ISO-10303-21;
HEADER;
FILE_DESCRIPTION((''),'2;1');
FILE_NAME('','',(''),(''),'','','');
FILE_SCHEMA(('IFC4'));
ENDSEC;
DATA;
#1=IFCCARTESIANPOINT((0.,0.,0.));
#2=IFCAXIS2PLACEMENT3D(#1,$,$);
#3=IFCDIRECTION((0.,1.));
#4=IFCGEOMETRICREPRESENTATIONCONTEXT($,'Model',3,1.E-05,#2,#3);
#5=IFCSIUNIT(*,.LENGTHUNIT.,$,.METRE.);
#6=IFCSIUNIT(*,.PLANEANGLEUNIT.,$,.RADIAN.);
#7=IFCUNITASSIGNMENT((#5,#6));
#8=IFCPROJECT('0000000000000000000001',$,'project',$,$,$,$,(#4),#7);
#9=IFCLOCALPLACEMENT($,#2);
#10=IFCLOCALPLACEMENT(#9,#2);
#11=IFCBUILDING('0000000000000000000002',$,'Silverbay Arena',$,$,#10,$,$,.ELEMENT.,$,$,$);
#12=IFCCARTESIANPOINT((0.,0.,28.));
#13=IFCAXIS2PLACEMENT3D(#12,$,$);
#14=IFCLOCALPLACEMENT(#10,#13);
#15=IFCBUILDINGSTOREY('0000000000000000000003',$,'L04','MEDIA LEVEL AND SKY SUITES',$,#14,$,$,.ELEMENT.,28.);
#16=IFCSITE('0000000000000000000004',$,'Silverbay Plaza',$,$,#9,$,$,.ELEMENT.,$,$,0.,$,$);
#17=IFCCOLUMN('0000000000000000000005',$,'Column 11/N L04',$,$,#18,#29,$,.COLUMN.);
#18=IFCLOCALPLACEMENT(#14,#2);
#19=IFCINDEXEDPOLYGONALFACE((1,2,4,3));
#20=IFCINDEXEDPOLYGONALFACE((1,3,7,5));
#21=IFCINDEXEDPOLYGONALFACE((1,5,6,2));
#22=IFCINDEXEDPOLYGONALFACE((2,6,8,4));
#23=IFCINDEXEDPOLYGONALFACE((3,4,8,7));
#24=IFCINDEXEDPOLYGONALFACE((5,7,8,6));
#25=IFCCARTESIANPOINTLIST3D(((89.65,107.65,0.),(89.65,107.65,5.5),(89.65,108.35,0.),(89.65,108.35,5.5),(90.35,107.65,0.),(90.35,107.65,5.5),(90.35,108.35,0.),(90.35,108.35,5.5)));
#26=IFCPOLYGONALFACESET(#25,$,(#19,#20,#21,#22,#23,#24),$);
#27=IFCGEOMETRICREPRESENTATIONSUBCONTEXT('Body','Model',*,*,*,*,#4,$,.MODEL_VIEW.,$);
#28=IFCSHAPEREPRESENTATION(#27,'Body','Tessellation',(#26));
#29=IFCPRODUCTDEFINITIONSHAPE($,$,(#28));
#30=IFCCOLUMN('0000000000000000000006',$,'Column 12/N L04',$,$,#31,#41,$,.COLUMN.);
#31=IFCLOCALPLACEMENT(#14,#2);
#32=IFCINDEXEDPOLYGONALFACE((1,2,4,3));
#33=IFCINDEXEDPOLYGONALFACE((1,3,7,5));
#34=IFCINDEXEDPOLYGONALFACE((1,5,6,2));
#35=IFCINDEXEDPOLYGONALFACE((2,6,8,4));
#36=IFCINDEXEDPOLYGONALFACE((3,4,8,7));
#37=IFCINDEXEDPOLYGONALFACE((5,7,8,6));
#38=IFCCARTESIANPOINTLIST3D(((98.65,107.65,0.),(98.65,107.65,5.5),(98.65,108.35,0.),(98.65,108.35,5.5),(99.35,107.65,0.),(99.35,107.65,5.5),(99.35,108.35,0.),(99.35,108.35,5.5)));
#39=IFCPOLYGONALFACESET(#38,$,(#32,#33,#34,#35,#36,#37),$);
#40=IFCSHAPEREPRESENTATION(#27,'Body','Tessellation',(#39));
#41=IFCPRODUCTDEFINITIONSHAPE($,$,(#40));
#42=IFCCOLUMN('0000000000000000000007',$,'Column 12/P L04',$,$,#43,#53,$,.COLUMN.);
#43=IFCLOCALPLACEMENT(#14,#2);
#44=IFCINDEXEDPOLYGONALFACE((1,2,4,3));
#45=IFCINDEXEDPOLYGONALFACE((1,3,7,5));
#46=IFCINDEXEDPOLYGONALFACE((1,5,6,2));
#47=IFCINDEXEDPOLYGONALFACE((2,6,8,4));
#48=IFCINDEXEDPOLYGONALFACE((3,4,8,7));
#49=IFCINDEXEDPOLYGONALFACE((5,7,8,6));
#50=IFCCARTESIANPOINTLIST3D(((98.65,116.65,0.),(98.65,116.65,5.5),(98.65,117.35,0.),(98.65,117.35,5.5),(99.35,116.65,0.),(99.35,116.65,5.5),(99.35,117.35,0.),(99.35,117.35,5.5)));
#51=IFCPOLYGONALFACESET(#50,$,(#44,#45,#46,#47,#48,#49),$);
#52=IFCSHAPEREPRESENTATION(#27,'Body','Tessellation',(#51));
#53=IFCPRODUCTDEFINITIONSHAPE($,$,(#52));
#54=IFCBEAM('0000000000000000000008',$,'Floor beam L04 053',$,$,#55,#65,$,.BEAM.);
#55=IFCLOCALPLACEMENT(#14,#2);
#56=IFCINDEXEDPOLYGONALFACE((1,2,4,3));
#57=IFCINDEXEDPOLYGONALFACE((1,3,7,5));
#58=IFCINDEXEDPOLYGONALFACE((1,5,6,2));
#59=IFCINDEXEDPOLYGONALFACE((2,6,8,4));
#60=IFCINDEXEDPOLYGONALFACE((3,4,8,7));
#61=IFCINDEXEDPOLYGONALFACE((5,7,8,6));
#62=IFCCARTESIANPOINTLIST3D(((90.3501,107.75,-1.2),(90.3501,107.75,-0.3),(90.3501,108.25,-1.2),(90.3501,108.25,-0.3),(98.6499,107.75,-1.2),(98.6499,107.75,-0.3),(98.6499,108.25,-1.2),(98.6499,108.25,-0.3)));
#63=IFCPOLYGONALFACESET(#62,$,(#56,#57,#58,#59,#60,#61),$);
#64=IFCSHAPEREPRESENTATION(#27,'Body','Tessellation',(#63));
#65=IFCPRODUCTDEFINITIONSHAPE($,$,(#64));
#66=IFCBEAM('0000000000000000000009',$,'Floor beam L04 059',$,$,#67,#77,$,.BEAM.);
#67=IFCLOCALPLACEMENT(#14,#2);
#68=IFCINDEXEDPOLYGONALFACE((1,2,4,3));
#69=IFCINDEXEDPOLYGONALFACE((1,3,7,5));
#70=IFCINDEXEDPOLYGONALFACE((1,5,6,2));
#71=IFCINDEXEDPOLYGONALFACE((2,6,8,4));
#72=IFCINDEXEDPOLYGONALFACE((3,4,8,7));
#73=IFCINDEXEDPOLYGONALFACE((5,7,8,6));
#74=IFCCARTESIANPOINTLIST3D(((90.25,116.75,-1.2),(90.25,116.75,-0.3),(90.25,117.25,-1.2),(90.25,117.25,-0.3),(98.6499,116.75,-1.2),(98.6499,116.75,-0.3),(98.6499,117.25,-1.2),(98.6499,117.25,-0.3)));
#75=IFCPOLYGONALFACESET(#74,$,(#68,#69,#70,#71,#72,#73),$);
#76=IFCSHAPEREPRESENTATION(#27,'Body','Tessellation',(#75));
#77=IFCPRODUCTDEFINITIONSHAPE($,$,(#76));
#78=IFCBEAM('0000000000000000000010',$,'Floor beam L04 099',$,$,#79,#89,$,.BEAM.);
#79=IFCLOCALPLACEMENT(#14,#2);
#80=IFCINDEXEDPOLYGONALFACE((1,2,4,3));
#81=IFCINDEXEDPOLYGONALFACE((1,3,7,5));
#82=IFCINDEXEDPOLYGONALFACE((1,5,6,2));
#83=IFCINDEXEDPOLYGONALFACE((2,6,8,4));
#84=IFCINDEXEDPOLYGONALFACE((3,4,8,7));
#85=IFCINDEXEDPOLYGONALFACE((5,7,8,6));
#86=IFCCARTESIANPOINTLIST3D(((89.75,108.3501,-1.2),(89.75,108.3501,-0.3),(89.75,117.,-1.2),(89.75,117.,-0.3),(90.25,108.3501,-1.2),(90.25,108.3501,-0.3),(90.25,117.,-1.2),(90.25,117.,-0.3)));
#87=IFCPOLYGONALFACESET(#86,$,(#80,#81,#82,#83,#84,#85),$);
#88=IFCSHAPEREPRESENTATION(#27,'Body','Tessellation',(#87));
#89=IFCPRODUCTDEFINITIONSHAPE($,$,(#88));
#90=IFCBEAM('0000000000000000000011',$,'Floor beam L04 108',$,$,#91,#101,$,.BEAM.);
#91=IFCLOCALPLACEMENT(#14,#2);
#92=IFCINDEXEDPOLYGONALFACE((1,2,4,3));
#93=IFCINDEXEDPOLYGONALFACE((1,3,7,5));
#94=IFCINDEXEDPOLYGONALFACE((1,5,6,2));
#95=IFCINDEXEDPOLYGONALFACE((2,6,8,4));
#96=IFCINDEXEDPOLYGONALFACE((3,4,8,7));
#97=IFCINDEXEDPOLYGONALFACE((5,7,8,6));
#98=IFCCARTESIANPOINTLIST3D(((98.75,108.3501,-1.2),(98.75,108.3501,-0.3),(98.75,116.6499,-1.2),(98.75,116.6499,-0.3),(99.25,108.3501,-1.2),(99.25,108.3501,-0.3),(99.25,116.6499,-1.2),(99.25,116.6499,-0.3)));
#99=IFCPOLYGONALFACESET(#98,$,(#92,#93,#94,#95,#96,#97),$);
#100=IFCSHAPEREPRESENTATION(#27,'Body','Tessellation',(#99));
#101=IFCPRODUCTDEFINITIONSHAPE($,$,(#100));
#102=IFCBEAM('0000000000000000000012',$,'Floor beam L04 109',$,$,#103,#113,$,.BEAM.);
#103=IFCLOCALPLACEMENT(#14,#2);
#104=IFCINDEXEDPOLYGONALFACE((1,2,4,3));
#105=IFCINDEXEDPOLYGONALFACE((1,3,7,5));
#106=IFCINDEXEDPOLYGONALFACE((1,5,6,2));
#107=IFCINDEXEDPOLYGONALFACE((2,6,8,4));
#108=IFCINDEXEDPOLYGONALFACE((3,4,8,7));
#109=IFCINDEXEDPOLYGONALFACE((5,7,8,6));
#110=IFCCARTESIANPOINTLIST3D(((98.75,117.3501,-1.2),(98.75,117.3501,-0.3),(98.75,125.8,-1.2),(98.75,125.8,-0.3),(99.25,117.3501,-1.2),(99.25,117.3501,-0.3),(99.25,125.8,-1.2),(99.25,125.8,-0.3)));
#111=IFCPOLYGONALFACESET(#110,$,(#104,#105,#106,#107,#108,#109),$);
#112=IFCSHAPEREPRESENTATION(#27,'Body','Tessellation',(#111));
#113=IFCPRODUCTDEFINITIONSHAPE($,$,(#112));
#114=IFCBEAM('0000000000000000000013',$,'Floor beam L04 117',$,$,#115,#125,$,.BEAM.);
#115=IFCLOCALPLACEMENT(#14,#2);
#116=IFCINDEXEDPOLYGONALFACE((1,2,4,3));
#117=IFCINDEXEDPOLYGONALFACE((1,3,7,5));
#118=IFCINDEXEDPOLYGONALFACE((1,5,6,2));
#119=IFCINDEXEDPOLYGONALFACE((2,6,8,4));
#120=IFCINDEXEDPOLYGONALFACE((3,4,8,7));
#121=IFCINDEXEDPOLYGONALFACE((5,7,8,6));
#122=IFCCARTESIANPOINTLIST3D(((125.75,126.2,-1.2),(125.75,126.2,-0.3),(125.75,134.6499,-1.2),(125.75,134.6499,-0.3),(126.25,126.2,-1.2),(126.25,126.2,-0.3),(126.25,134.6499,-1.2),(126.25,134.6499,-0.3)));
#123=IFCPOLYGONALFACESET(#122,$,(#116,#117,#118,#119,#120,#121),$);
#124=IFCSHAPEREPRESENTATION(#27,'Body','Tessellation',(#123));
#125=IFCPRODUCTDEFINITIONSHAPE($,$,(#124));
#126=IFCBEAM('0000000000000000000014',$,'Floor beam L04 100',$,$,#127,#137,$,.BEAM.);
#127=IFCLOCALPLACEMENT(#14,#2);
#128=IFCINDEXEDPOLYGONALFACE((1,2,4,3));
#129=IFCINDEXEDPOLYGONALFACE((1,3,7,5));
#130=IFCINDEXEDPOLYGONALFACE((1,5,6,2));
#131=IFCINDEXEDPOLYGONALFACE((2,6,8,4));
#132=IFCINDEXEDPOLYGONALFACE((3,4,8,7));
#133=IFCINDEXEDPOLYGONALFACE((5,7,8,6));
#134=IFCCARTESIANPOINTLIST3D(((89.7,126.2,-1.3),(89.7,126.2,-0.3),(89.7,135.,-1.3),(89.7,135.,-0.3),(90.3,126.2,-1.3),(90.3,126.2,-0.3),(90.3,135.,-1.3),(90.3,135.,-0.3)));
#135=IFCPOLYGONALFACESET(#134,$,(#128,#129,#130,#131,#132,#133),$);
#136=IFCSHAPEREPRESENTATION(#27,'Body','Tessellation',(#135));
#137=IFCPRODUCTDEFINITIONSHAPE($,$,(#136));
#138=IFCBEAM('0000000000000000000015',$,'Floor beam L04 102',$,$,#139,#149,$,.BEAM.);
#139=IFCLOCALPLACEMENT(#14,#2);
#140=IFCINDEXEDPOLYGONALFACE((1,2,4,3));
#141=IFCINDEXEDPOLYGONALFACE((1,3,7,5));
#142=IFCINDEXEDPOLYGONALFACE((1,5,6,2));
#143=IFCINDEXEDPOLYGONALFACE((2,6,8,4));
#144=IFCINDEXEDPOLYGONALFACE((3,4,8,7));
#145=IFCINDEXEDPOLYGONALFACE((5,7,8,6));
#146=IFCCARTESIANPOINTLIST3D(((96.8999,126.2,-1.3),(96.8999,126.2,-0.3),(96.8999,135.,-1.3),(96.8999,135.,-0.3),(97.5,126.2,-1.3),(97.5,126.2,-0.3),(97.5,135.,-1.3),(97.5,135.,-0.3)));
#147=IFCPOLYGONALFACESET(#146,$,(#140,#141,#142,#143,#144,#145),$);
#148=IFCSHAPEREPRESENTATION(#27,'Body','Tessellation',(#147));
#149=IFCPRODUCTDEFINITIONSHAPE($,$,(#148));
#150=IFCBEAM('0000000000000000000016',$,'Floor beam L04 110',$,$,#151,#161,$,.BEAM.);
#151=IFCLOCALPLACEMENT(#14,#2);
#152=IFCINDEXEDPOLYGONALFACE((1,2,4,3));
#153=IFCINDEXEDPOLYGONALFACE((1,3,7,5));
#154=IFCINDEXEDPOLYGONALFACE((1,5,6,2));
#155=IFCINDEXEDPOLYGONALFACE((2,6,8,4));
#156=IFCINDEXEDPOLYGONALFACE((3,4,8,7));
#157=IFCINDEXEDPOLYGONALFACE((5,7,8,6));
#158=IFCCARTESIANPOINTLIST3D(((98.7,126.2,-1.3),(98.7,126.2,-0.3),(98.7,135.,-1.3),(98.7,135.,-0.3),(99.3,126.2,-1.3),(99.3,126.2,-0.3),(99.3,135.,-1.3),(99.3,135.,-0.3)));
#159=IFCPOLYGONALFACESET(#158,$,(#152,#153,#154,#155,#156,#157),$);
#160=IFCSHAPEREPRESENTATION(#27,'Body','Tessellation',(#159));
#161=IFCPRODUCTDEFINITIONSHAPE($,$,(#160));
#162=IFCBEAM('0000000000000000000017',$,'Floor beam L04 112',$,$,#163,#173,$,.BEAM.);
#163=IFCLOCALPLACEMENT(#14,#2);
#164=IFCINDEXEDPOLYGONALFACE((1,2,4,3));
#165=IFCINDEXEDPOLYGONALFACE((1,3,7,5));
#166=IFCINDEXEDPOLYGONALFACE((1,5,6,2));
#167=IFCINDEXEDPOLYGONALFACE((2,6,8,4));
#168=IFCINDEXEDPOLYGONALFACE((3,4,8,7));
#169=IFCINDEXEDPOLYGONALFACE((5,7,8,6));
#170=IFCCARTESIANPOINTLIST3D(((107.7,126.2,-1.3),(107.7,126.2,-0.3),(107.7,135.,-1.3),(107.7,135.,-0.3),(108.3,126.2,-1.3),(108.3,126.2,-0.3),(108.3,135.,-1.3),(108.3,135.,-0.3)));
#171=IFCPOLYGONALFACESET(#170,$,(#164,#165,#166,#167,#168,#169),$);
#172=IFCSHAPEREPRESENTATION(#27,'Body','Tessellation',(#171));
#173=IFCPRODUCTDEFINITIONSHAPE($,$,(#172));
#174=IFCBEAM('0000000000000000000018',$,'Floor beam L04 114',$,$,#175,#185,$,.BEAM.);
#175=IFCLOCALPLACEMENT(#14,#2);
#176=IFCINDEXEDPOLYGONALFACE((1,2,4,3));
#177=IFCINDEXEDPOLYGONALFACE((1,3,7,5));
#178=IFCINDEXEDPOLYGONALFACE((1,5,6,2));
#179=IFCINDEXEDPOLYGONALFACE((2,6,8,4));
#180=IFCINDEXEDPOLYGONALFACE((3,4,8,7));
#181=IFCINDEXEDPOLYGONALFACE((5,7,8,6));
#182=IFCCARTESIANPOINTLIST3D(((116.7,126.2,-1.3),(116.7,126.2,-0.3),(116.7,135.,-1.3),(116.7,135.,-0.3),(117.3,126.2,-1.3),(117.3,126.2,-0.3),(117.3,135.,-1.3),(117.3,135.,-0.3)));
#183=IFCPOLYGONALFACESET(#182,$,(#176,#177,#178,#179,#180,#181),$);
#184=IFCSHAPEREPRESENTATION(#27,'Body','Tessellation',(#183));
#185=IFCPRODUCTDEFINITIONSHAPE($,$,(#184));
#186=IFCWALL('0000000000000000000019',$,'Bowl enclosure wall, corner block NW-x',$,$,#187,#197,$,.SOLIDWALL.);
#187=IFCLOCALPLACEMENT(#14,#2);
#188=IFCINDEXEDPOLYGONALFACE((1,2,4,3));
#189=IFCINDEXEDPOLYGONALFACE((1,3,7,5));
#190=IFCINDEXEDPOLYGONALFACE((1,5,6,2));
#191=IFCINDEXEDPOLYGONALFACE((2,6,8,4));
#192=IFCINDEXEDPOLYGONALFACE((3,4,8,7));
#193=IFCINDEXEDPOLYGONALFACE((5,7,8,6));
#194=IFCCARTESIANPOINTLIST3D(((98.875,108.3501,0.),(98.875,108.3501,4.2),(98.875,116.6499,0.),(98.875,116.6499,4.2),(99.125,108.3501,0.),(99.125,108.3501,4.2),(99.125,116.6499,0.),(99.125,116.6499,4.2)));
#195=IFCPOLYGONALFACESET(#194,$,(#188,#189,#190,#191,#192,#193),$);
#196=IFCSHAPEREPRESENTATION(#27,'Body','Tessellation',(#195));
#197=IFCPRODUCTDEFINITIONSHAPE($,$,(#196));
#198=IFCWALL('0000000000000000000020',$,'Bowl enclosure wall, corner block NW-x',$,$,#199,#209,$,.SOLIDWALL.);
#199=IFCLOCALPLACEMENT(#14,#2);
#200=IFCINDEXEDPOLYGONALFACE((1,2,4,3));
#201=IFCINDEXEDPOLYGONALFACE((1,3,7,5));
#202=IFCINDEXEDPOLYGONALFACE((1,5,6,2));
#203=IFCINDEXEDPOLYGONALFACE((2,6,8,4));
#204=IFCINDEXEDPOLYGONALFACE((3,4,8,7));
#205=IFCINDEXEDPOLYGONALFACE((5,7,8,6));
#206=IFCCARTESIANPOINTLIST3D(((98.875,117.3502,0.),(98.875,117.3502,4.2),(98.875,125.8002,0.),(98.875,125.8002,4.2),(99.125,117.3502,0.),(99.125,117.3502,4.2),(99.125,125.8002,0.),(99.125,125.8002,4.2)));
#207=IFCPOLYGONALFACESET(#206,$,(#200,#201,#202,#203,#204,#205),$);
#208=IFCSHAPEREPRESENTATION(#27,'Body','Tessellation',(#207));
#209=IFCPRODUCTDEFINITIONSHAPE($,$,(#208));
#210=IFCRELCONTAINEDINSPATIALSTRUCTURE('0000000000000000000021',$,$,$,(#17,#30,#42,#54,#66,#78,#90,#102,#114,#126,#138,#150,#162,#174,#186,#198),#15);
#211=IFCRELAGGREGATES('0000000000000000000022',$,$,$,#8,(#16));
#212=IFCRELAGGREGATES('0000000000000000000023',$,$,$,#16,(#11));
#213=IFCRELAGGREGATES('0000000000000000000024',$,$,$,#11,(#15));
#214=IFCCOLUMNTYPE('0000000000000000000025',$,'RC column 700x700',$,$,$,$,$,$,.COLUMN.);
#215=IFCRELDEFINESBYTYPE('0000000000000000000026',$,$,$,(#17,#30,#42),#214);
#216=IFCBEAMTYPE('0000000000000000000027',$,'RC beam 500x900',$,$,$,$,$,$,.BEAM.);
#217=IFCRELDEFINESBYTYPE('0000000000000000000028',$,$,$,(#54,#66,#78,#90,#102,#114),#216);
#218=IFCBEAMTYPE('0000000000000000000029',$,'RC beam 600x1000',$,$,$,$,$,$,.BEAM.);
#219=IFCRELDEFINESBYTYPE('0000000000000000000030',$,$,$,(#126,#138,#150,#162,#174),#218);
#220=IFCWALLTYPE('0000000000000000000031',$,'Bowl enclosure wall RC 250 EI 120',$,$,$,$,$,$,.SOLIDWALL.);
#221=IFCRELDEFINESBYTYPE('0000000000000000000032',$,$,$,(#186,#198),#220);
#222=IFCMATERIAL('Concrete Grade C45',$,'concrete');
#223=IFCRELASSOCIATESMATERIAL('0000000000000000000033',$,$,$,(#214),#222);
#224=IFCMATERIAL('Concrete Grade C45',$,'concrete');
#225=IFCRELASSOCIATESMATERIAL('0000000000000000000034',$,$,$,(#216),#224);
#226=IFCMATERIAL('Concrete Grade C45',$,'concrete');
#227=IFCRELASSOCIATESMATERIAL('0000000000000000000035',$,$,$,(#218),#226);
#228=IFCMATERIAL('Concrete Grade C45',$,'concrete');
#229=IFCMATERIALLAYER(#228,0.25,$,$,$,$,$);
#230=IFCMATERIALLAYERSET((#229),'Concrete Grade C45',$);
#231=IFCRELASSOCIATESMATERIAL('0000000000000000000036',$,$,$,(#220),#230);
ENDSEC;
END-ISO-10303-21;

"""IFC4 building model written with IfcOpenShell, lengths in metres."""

from ifc_helpers import new_model, si_unit, direction, frame, frame_2d, origin, origin_2d, place, context, subcontext, project, spatial, rectangle, extrude, material, layer, layer_set, material_profile, profile_set, type_object, element, save


model = new_model("IFC4")

# Units and contexts
model_context = context("Model", 3, precision=1e-05, world=origin(), true_north=direction((0.0, 1.0)))
body_context = subcontext(model_context, "Body", "Model", "MODEL_VIEW")
ifc_project = project(units=[si_unit("LENGTHUNIT", "METRE"), si_unit("PLANEANGLEUNIT", "RADIAN")], contexts=[model_context])

# Site, building, storey
site_placement = place(None, origin())
site = spatial("IfcSite", under=ifc_project, at=site_placement, Name="Silverbay Plaza", CompositionType="ELEMENT", RefElevation=0.0)
building_placement = place(site_placement, origin())
building = spatial("IfcBuilding", under=site, at=building_placement, Name="Silverbay Arena", CompositionType="ELEMENT")
storey_placement = place(building_placement, frame((0.0, 0.0, 28.0)))
storey = spatial("IfcBuildingStorey", under=building, at=storey_placement, Name="L04", Description="MEDIA LEVEL AND SKY SUITES", CompositionType="ELEMENT", Elevation=28.0)

# Columns
ifc_material_1 = material(Name="Concrete Grade C45", Category="concrete")
ifc_material_profile_1 = material_profile(ifc_material_1, rectangle(XDim=0.7, YDim=0.7, at=origin_2d()), Name="RC 700x700")
ifc_profile_set_1 = profile_set([ifc_material_profile_1], Name="Concrete Grade C45")
column_type = type_object("IfcColumnType", Name="RC column 700x700", PredefinedType="COLUMN", material=ifc_profile_set_1)
for number, where, z_axis, x_axis, name in (
    (1, (90.0, 108.0, 0.0), (0.0, 0.0, 1.0), (1.0, 0.0, 0.0), "Column 11/N L04"),
    (2, (99.0, 108.0, 0.0), (0.0, 0.0, 1.0), (1.0, 0.0, 0.0), "Column 12/N L04"),
    (3, (99.0, 117.0, 0.0), (0.0, 0.0, 1.0), (1.0, 0.0, 0.0), "Column 12/P L04"),
):
    element("IfcColumn", number, at=place(storey_placement, frame(where, z_axis=z_axis, x_axis=x_axis)), inside=storey, type_object=column_type, Name=name, PredefinedType="COLUMN", context=body_context, shape_type="SweptSolid", body=[
        extrude(rectangle(XDim=0.7, YDim=0.7, at=origin_2d()), origin(), (0.0, 0.0, 1.0), 5.5),
    ])

# Beams
ifc_material_2 = material(Name="Concrete Grade C45", Category="concrete")
ifc_material_profile_2 = material_profile(ifc_material_2, rectangle(XDim=0.5, YDim=0.8999, at=origin_2d()), Name="RC 500x900")
ifc_profile_set_2 = profile_set([ifc_material_profile_2], Name="Concrete Grade C45")
beam_type_1 = type_object("IfcBeamType", Name="RC beam 500x900", PredefinedType="BEAM", material=ifc_profile_set_2)
beam_1_placement = place(storey_placement, frame((90.3501, 108.0, -0.75), z_axis=(1.0, 0.0, 0.0), x_axis=(0.0, 1.0, 0.0)))
element("IfcBeam", 4, at=beam_1_placement, inside=storey, type_object=beam_type_1, Name="Floor beam L04 053", PredefinedType="BEAM", context=body_context, shape_type="SweptSolid", body=[
    extrude(rectangle(XDim=0.5, YDim=0.8999, at=origin_2d()), origin(), (0.0, 0.0, 1.0), 8.2998),
])
beam_2_placement = place(storey_placement, frame((90.25, 117.0, -0.75), z_axis=(1.0, 0.0, 0.0), x_axis=(0.0, 1.0, 0.0)))
element("IfcBeam", 5, at=beam_2_placement, inside=storey, type_object=beam_type_1, Name="Floor beam L04 059", PredefinedType="BEAM", context=body_context, shape_type="SweptSolid", body=[
    extrude(rectangle(XDim=0.5, YDim=0.8999, at=origin_2d()), origin(), (0.0, 0.0, 1.0), 8.3999),
])
beam_3_placement = place(storey_placement, frame((90.0, 108.3501, -0.75), z_axis=(0.0, 1.0, 0.0), x_axis=(-1.0, 0.0, 0.0)))
element("IfcBeam", 6, at=beam_3_placement, inside=storey, type_object=beam_type_1, Name="Floor beam L04 099", PredefinedType="BEAM", context=body_context, shape_type="SweptSolid", body=[
    extrude(rectangle(XDim=0.5, YDim=0.8999, at=origin_2d()), origin(), (0.0, 0.0, 1.0), 8.6499),
])
beam_4_placement = place(storey_placement, frame((99.0, 108.3501, -0.75), z_axis=(0.0, 1.0, 0.0), x_axis=(-1.0, 0.0, 0.0)))
element("IfcBeam", 7, at=beam_4_placement, inside=storey, type_object=beam_type_1, Name="Floor beam L04 108", PredefinedType="BEAM", context=body_context, shape_type="SweptSolid", body=[
    extrude(rectangle(XDim=0.5, YDim=0.8999, at=origin_2d()), origin(), (0.0, 0.0, 1.0), 8.2998),
])
for number, where, z_axis, x_axis, name in (
    (8, (99.0, 117.3501, -0.75), (0.0, 1.0, 0.0), (-1.0, 0.0, 0.0), "Floor beam L04 109"),
    (9, (126.0, 126.2, -0.75), (0.0, 1.0, 0.0), (-1.0, 0.0, 0.0), "Floor beam L04 117"),
):
    element("IfcBeam", number, at=place(storey_placement, frame(where, z_axis=z_axis, x_axis=x_axis)), inside=storey, type_object=beam_type_1, Name=name, PredefinedType="BEAM", context=body_context, shape_type="SweptSolid", body=[
        extrude(rectangle(XDim=0.5, YDim=0.8999, at=origin_2d()), origin(), (0.0, 0.0, 1.0), 8.45),
    ])
ifc_material_3 = material(Name="Concrete Grade C45", Category="concrete")
ifc_material_profile_3 = material_profile(ifc_material_3, rectangle(XDim=0.6001, YDim=1.0, at=origin_2d()), Name="RC 600x1000")
ifc_profile_set_3 = profile_set([ifc_material_profile_3], Name="Concrete Grade C45")
beam_type_2 = type_object("IfcBeamType", Name="RC beam 600x1000", PredefinedType="BEAM", material=ifc_profile_set_3)
for number, where, z_axis, x_axis, name in (
    (10, (90.0, 126.2, -0.8), (0.0, 1.0, 0.0), (-1.0, 0.0, 0.0), "Floor beam L04 100"),
    (11, (97.2, 126.2, -0.8), (0.0, 1.0, 0.0), (-1.0, 0.0, 0.0), "Floor beam L04 102"),
    (12, (99.0, 126.2, -0.8), (0.0, 1.0, 0.0), (-1.0, 0.0, 0.0), "Floor beam L04 110"),
    (13, (108.0, 126.2, -0.8), (0.0, 1.0, 0.0), (-1.0, 0.0, 0.0), "Floor beam L04 112"),
    (14, (117.0, 126.2, -0.8), (0.0, 1.0, 0.0), (-1.0, 0.0, 0.0), "Floor beam L04 114"),
):
    element("IfcBeam", number, at=place(storey_placement, frame(where, z_axis=z_axis, x_axis=x_axis)), inside=storey, type_object=beam_type_2, Name=name, PredefinedType="BEAM", context=body_context, shape_type="SweptSolid", body=[
        extrude(rectangle(XDim=0.6001, YDim=1.0, at=origin_2d()), origin(), (0.0, 0.0, 1.0), 8.8),
    ])

# Walls
ifc_material_4 = material(Name="Concrete Grade C45", Category="concrete")
ifc_layer_1 = layer(ifc_material_4, 0.25)
ifc_layer_set_1 = layer_set([ifc_layer_1], Name="Concrete Grade C45")
wall_type_1 = type_object("IfcWallType", Name="Bowl enclosure wall RC 250 EI 120", PredefinedType="SOLIDWALL", material=ifc_layer_set_1)
wall_1_placement = place(storey_placement, frame((99.0, 108.3501, 0.0), z_axis=(0.0, 0.0, 1.0), x_axis=(0.0, 1.0, 0.0)))
element("IfcWall", 15, at=wall_1_placement, inside=storey, type_object=wall_type_1, Name="Bowl enclosure wall, corner block NW-x", PredefinedType="SOLIDWALL", context=body_context, shape_type="SweptSolid", body=[
    extrude(rectangle(XDim=8.2998, YDim=0.25, at=frame_2d((4.1499, 0.0))), origin(), (0.0, 0.0, 1.0), 4.2),
])
wall_2_placement = place(storey_placement, frame((99.0, 117.3501, 0.0), z_axis=(0.0, 0.0, 1.0), x_axis=(0.0, 1.0, 0.0)))
element("IfcWall", 16, at=wall_2_placement, inside=storey, type_object=wall_type_1, Name="Bowl enclosure wall, corner block NW-x", PredefinedType="SOLIDWALL", context=body_context, shape_type="SweptSolid", body=[
    extrude(rectangle(XDim=8.45, YDim=0.25, at=frame_2d((4.2251, 0.0))), origin(), (0.0, 0.0, 1.0), 4.2),
])

save(model, "model.ifc")
